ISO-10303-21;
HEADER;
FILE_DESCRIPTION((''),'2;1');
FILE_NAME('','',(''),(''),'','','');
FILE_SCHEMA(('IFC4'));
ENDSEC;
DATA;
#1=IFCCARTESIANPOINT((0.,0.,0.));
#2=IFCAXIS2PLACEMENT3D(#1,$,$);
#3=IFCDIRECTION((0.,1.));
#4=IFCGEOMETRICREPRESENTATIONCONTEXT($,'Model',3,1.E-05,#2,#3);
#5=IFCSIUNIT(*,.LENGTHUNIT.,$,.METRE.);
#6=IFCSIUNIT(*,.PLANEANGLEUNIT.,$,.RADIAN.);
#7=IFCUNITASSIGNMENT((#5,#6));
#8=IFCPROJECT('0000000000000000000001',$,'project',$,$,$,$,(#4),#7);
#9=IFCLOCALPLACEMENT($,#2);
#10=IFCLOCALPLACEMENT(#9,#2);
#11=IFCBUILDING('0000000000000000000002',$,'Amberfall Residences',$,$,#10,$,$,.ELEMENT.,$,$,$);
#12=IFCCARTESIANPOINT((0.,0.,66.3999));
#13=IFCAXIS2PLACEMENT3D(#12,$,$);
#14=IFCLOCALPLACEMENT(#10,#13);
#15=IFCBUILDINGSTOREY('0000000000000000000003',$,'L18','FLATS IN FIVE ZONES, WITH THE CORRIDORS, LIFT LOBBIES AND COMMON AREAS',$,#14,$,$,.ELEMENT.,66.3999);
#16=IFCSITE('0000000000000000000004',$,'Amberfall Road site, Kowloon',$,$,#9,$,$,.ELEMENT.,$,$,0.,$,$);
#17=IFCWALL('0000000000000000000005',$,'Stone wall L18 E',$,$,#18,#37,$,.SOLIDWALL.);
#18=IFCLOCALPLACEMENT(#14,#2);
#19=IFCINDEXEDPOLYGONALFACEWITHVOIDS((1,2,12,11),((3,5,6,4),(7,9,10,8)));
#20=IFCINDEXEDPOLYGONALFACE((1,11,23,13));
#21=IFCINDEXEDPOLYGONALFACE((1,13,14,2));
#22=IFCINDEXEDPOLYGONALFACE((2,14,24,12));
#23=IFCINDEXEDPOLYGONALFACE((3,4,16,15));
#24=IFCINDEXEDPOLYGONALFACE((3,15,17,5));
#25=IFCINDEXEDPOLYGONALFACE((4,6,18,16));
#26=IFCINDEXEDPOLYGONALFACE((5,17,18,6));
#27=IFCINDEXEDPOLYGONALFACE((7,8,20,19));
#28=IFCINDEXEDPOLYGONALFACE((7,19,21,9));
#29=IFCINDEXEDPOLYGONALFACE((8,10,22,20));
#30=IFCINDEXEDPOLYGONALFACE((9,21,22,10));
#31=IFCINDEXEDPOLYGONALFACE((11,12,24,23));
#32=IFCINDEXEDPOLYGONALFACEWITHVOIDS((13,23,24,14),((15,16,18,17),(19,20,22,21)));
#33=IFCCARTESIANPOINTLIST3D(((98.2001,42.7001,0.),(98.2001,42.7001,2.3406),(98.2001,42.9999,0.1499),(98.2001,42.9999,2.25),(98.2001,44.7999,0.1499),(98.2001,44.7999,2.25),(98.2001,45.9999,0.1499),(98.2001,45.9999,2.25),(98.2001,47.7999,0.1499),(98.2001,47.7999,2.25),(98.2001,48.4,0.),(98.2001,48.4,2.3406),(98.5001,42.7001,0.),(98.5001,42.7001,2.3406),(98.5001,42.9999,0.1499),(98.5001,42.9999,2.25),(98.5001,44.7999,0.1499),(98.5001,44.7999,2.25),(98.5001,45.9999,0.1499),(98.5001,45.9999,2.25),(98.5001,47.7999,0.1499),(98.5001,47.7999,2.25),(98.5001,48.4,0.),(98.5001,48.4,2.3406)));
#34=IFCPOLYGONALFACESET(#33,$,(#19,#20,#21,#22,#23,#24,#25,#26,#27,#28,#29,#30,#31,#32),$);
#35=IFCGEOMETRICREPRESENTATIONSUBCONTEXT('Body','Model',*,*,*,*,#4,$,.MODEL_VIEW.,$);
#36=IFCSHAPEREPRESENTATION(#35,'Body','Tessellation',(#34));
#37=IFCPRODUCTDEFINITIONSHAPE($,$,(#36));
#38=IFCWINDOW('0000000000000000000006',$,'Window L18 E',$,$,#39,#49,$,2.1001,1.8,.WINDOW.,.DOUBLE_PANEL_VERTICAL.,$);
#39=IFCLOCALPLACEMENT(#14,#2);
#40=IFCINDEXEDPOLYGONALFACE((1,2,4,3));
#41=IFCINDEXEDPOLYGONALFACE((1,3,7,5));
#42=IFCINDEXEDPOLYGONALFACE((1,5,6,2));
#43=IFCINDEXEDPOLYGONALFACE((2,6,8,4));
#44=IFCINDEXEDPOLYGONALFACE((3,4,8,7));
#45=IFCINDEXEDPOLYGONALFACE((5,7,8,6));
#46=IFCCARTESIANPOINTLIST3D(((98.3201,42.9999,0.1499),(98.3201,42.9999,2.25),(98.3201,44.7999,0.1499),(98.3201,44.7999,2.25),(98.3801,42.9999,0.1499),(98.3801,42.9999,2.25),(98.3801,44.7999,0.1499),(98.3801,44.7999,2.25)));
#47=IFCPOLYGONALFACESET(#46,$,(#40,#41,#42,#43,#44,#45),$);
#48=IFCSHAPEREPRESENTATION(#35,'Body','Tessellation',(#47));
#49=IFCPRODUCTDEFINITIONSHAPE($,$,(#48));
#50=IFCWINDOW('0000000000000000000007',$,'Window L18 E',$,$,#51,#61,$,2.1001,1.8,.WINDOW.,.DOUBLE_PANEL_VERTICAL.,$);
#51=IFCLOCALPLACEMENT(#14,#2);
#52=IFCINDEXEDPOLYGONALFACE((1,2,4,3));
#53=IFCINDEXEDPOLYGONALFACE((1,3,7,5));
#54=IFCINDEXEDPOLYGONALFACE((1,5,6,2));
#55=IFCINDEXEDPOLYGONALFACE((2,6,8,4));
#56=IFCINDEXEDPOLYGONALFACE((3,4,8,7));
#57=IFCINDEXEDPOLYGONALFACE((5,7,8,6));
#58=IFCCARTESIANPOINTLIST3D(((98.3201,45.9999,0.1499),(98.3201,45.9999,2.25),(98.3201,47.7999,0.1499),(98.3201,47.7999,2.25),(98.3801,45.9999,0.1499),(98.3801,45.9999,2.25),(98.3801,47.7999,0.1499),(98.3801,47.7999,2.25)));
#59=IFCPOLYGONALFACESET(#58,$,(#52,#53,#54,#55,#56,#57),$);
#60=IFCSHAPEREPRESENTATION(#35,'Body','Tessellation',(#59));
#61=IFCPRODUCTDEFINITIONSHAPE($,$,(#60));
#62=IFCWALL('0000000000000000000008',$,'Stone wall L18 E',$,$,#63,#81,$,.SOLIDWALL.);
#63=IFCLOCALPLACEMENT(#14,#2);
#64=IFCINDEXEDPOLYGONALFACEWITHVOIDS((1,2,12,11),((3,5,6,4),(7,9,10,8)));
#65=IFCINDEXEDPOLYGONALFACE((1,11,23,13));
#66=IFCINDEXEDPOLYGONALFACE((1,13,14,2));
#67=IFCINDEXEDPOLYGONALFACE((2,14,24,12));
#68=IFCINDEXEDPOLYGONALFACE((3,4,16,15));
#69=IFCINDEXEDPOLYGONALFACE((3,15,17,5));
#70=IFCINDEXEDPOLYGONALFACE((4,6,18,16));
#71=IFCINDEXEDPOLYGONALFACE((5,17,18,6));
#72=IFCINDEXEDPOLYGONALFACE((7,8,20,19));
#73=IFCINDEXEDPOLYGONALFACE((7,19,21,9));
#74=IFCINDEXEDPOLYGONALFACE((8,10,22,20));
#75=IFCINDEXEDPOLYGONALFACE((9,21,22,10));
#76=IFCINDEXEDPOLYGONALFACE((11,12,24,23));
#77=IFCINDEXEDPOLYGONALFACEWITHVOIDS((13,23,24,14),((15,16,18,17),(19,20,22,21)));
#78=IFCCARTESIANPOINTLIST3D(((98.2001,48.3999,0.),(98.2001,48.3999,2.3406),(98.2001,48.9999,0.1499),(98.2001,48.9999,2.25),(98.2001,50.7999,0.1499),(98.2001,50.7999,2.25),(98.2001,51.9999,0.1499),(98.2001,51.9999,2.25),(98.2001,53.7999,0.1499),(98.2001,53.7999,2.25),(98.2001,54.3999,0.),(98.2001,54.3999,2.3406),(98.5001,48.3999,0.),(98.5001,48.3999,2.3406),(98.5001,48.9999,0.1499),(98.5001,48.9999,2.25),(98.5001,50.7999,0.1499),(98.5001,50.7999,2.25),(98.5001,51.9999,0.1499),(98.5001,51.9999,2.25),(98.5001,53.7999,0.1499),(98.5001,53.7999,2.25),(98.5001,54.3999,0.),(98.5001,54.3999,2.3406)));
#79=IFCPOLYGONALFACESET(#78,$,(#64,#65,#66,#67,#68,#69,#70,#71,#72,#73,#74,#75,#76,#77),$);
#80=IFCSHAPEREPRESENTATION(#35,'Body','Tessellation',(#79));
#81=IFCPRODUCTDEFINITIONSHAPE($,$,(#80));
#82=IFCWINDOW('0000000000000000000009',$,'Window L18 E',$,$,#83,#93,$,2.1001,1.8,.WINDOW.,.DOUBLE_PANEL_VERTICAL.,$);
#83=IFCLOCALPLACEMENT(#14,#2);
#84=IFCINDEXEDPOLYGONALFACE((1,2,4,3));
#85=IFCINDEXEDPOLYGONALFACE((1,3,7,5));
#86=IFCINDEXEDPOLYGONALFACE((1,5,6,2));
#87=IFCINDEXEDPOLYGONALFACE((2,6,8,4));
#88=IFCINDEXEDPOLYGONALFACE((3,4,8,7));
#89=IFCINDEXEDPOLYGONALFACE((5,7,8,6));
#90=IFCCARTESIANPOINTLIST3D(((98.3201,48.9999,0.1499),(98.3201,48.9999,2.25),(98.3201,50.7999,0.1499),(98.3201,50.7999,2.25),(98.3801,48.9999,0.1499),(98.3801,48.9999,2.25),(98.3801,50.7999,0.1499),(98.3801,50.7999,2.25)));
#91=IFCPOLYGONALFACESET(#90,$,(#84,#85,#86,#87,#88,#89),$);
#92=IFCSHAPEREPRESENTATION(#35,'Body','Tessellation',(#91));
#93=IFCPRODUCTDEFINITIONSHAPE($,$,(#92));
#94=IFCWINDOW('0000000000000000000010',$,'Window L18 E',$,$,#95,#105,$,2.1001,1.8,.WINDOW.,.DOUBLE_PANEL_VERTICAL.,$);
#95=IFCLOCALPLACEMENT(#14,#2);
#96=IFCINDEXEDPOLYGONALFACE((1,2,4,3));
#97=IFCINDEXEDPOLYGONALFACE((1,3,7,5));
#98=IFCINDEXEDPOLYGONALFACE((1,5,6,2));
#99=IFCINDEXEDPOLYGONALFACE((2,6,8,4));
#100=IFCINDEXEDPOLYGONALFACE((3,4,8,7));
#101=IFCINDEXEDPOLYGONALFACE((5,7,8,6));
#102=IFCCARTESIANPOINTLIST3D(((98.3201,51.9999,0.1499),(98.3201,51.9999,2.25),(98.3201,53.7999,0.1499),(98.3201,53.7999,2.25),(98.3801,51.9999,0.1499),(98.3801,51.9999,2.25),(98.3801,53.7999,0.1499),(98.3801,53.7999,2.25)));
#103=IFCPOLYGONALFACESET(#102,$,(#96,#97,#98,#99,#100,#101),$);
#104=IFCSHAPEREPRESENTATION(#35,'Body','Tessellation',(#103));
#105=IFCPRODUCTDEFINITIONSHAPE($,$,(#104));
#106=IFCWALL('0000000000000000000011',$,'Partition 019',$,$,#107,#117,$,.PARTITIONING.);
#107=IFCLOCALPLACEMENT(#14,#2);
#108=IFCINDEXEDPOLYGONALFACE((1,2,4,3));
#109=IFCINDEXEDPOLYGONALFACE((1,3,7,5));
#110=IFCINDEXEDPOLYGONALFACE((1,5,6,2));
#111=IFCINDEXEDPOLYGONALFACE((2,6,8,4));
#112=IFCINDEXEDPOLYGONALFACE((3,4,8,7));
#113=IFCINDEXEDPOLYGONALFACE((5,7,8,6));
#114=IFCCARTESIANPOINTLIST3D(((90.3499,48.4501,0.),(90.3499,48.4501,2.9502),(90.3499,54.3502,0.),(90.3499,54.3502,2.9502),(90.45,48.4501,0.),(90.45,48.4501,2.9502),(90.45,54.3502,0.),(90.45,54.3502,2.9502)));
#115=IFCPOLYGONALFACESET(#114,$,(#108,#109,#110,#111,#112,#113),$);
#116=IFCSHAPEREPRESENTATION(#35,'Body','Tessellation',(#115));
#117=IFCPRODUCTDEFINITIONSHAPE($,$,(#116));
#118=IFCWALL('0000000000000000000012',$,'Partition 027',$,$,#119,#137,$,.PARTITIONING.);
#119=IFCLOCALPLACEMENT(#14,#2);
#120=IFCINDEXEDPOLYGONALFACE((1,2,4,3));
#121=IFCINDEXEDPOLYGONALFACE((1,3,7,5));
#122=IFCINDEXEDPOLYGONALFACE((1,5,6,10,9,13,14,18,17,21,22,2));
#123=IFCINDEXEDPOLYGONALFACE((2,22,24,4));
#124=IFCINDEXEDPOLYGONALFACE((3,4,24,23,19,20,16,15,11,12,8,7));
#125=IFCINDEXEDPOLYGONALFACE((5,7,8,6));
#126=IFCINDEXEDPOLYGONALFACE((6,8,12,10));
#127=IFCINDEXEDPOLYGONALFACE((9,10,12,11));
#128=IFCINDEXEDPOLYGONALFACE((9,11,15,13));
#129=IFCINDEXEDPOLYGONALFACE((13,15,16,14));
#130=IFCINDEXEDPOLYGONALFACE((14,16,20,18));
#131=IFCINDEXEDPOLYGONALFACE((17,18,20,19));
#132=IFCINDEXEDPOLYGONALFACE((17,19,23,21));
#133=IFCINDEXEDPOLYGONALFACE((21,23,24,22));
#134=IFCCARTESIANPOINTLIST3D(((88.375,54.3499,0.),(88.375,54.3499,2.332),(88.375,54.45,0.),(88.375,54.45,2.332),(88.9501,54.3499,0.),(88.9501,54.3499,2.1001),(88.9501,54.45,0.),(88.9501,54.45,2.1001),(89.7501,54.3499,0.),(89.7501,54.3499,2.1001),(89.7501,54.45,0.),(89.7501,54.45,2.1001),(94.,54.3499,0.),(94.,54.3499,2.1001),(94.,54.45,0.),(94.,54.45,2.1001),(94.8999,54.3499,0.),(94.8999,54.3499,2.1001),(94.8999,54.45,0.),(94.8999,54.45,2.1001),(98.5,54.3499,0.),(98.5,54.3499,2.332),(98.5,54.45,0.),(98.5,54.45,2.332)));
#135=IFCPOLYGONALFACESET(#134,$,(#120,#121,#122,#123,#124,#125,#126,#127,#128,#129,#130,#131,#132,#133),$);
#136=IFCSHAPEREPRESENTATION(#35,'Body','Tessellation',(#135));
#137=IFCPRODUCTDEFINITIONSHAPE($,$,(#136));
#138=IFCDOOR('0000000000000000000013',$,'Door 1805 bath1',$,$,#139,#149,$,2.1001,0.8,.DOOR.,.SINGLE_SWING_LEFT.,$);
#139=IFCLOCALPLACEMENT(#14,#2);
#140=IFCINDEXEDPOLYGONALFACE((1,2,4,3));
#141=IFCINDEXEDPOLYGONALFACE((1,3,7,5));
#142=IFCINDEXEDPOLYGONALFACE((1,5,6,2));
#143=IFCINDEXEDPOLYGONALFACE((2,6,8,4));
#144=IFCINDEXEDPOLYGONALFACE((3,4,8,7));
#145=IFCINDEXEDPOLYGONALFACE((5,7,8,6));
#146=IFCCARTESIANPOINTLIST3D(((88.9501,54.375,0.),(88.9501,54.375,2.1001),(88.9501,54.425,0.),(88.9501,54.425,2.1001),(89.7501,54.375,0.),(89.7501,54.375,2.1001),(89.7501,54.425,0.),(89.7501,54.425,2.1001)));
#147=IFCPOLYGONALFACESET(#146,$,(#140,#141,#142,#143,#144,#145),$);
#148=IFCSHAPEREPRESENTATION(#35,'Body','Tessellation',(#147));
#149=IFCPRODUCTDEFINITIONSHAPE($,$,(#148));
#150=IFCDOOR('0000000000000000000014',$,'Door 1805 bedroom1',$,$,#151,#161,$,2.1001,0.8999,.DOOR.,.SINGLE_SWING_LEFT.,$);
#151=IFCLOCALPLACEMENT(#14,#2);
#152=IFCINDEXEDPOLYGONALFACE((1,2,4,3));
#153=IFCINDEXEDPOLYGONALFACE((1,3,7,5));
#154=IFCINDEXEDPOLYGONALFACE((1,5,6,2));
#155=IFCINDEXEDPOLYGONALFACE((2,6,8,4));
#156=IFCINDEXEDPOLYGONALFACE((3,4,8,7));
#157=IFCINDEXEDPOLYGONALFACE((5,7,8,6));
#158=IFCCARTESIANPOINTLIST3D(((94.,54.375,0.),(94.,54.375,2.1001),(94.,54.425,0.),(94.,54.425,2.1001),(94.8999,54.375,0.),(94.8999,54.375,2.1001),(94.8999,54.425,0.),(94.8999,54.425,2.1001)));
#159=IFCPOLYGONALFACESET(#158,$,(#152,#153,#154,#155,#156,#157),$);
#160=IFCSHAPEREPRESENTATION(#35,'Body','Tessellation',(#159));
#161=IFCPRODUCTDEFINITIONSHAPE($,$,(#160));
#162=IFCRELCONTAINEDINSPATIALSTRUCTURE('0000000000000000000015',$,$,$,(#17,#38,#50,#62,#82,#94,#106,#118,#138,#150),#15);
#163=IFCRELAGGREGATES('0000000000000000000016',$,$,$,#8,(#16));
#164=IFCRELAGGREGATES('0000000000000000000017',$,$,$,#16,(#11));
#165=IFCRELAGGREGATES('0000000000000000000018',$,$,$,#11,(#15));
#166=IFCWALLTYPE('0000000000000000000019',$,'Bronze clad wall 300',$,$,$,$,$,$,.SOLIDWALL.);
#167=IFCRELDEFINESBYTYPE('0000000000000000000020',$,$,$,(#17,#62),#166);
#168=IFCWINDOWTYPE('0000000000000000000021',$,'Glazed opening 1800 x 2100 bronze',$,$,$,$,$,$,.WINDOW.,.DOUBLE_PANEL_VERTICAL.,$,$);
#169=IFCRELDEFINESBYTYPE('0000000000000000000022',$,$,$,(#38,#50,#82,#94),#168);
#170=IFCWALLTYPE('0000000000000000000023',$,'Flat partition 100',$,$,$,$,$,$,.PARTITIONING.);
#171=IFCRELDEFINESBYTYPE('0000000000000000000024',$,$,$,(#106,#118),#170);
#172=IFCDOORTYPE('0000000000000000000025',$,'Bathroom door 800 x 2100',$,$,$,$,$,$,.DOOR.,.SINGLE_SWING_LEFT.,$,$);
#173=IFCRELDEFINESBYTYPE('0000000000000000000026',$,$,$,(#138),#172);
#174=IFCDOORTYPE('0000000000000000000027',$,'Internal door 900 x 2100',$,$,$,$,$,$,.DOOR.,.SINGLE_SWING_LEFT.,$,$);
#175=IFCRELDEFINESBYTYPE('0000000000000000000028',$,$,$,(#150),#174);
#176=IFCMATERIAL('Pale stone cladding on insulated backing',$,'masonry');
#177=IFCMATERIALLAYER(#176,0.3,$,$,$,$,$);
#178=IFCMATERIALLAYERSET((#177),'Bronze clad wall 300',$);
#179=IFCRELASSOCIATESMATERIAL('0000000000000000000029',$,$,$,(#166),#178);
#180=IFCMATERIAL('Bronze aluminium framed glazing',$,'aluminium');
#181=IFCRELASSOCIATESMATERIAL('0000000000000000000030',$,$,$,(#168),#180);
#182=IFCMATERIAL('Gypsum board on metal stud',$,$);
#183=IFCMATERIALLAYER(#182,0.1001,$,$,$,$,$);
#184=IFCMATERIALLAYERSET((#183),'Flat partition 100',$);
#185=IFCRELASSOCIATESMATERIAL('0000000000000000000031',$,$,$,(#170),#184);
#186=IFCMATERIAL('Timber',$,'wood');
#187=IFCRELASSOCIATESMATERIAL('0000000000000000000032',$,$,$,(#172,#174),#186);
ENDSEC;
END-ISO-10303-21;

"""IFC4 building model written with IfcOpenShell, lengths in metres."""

from ifc_helpers import new_model, si_unit, direction, frame, frame_2d, origin, place, context, subcontext, project, spatial, rectangle, extrude, material, layer, layer_set, type_object, element, fill, save


model = new_model("IFC4")

# Units and contexts
model_context = context("Model", 3, precision=1e-05, world=origin(), true_north=direction((0.0, 1.0)))
body_context = subcontext(model_context, "Body", "Model", "MODEL_VIEW")
ifc_project = project(units=[si_unit("LENGTHUNIT", "METRE"), si_unit("PLANEANGLEUNIT", "RADIAN")], contexts=[model_context])

# Site, building, storey
site_placement = place(None, origin())
site = spatial("IfcSite", under=ifc_project, at=site_placement, Name="Amberfall Road site, Kowloon", CompositionType="ELEMENT", RefElevation=0.0)
building_placement = place(site_placement, origin())
building = spatial("IfcBuilding", under=site, at=building_placement, Name="Amberfall Residences", CompositionType="ELEMENT")
storey_placement = place(building_placement, frame((0.0, 0.0, 66.3999)))
storey = spatial("IfcBuildingStorey", under=building, at=storey_placement, Name="L18", Description="FLATS IN FIVE ZONES, WITH THE CORRIDORS, LIFT LOBBIES AND COMMON AREAS", CompositionType="ELEMENT", Elevation=66.3999)

# Shared definitions
ifc_material_1 = material(Name="Pale stone cladding on insulated backing", Category="masonry")
ifc_layer_1 = layer(ifc_material_1, 0.3)
ifc_layer_set_1 = layer_set([ifc_layer_1], Name="Bronze clad wall 300")
wall_type_1 = type_object("IfcWallType", Name="Bronze clad wall 300", PredefinedType="SOLIDWALL", material=ifc_layer_set_1)
ifc_material_2 = material(Name="Bronze aluminium framed glazing", Category="aluminium")

# Walls, openings, windows
wall_1_placement = place(storey_placement, frame((98.3501, 42.7, 0.0), z_axis=(0.0, 0.0, 1.0), x_axis=(0.0, 1.0, 0.0)))
wall_1 = element("IfcWall", 1, at=wall_1_placement, inside=storey, type_object=wall_type_1, Name="Stone wall L18 E", PredefinedType="SOLIDWALL", context=body_context, shape_type="SweptSolid", body=[
    extrude(rectangle(XDim=5.7, YDim=0.3, at=frame_2d((2.8501, 0.0))), origin(), (0.0, 0.0, 1.0), 2.3406),
])
opening_1_placement = place(wall_1_placement, frame((0.3, 0.0, 0.1499)))
opening_1 = element("IfcOpeningElement", 2, at=opening_1_placement, cuts=wall_1, PredefinedType="OPENING", context=body_context, shape_type="SweptSolid", body=[
    extrude(rectangle(XDim=1.8, YDim=2.1001, at=frame_2d((0.8999, 1.05))), frame((0.0, 0.1599, 0.0), z_axis=(0.0, -1.0, 0.0), x_axis=(1.0, 0.0, 0.0)), (0.0, 0.0, 1.0), 0.3201),
])
opening_2_placement = place(wall_1_placement, frame((3.3, 0.0, 0.1499)))
opening_2 = element("IfcOpeningElement", 3, at=opening_2_placement, cuts=wall_1, PredefinedType="OPENING", context=body_context, shape_type="SweptSolid", body=[
    extrude(rectangle(XDim=1.8, YDim=2.1001, at=frame_2d((0.8999, 1.05))), frame((0.0, 0.1599, 0.0), z_axis=(0.0, -1.0, 0.0), x_axis=(1.0, 0.0, 0.0)), (0.0, 0.0, 1.0), 0.3201),
])
window_type_1 = type_object("IfcWindowType", Name="Glazed opening 1800 x 2100 bronze", PartitioningType="DOUBLE_PANEL_VERTICAL", PredefinedType="WINDOW", material=ifc_material_2)
window_1_placement = place(opening_1_placement, origin())
window_1 = element("IfcWindow", 4, at=window_1_placement, inside=storey, type_object=window_type_1, Name="Window L18 E", OverallHeight=2.1001, OverallWidth=1.8, PartitioningType="DOUBLE_PANEL_VERTICAL", PredefinedType="WINDOW", context=body_context, shape_type="SweptSolid", body=[
    extrude(rectangle(XDim=1.8, YDim=2.1001, at=frame_2d((0.8999, 1.05))), frame((0.0, 0.03, 0.0), z_axis=(0.0, -1.0, 0.0), x_axis=(1.0, 0.0, 0.0)), (0.0, 0.0, 1.0), 0.0601),
])
fill(opening_1, window_1)
window_2_placement = place(opening_2_placement, origin())
window_2 = element("IfcWindow", 5, at=window_2_placement, inside=storey, type_object=window_type_1, Name="Window L18 E", OverallHeight=2.1001, OverallWidth=1.8, PartitioningType="DOUBLE_PANEL_VERTICAL", PredefinedType="WINDOW", context=body_context, shape_type="SweptSolid", body=[
    extrude(rectangle(XDim=1.8, YDim=2.1001, at=frame_2d((0.8999, 1.05))), frame((0.0, 0.03, 0.0), z_axis=(0.0, -1.0, 0.0), x_axis=(1.0, 0.0, 0.0)), (0.0, 0.0, 1.0), 0.0601),
])
fill(opening_2, window_2)
wall_2_placement = place(storey_placement, frame((98.3501, 48.3999, 0.0), z_axis=(0.0, 0.0, 1.0), x_axis=(0.0, 1.0, 0.0)))
wall_2 = element("IfcWall", 6, at=wall_2_placement, inside=storey, type_object=wall_type_1, Name="Stone wall L18 E", PredefinedType="SOLIDWALL", context=body_context, shape_type="SweptSolid", body=[
    extrude(rectangle(XDim=6.0, YDim=0.3, at=frame_2d((3.0, 0.0))), origin(), (0.0, 0.0, 1.0), 2.3406),
])
opening_3_placement = place(wall_2_placement, frame((0.6001, 0.0, 0.1499)))
opening_3 = element("IfcOpeningElement", 7, at=opening_3_placement, cuts=wall_2, PredefinedType="OPENING", context=body_context, shape_type="SweptSolid", body=[
    extrude(rectangle(XDim=1.8, YDim=2.1001, at=frame_2d((0.8999, 1.05))), frame((0.0, 0.1599, 0.0), z_axis=(0.0, -1.0, 0.0), x_axis=(1.0, 0.0, 0.0)), (0.0, 0.0, 1.0), 0.3201),
])
opening_4_placement = place(wall_2_placement, frame((3.6001, 0.0, 0.1499)))
opening_4 = element("IfcOpeningElement", 8, at=opening_4_placement, cuts=wall_2, PredefinedType="OPENING", context=body_context, shape_type="SweptSolid", body=[
    extrude(rectangle(XDim=1.8, YDim=2.1001, at=frame_2d((0.8999, 1.05))), frame((0.0, 0.1599, 0.0), z_axis=(0.0, -1.0, 0.0), x_axis=(1.0, 0.0, 0.0)), (0.0, 0.0, 1.0), 0.3201),
])
window_3_placement = place(opening_3_placement, origin())
window_3 = element("IfcWindow", 9, at=window_3_placement, inside=storey, type_object=window_type_1, Name="Window L18 E", OverallHeight=2.1001, OverallWidth=1.8, PartitioningType="DOUBLE_PANEL_VERTICAL", PredefinedType="WINDOW", context=body_context, shape_type="SweptSolid", body=[
    extrude(rectangle(XDim=1.8, YDim=2.1001, at=frame_2d((0.8999, 1.05))), frame((0.0, 0.03, 0.0), z_axis=(0.0, -1.0, 0.0), x_axis=(1.0, 0.0, 0.0)), (0.0, 0.0, 1.0), 0.0601),
])
fill(opening_3, window_3)
window_4_placement = place(opening_4_placement, origin())
window_4 = element("IfcWindow", 10, at=window_4_placement, inside=storey, type_object=window_type_1, Name="Window L18 E", OverallHeight=2.1001, OverallWidth=1.8, PartitioningType="DOUBLE_PANEL_VERTICAL", PredefinedType="WINDOW", context=body_context, shape_type="SweptSolid", body=[
    extrude(rectangle(XDim=1.8, YDim=2.1001, at=frame_2d((0.8999, 1.05))), frame((0.0, 0.03, 0.0), z_axis=(0.0, -1.0, 0.0), x_axis=(1.0, 0.0, 0.0)), (0.0, 0.0, 1.0), 0.0601),
])
fill(opening_4, window_4)

# Wall
ifc_material_3 = material(Name="Gypsum board on metal stud")
ifc_layer_2 = layer(ifc_material_3, 0.1001)
ifc_layer_set_2 = layer_set([ifc_layer_2], Name="Flat partition 100")
wall_type_2 = type_object("IfcWallType", Name="Flat partition 100", PredefinedType="PARTITIONING", material=ifc_layer_set_2)
wall_3_placement = place(storey_placement, frame((90.3999, 48.45, 0.0), z_axis=(0.0, 0.0, 1.0), x_axis=(0.0, 1.0, 0.0)))
element("IfcWall", 11, at=wall_3_placement, inside=storey, type_object=wall_type_2, Name="Partition 019", PredefinedType="PARTITIONING", context=body_context, shape_type="SweptSolid", body=[
    extrude(rectangle(XDim=5.9001, YDim=0.1001, at=frame_2d((2.9502, 0.0))), origin(), (0.0, 0.0, 1.0), 2.9502),
])

# Wall, openings, doors
wall_4_placement = place(storey_placement, frame((98.5, 54.3999, 0.0), z_axis=(0.0, 0.0, 1.0), x_axis=(-1.0, 0.0, 0.0)))
wall_4 = element("IfcWall", 12, at=wall_4_placement, inside=storey, type_object=wall_type_2, Name="Partition 027", PredefinedType="PARTITIONING", context=body_context, shape_type="SweptSolid", body=[
    extrude(rectangle(XDim=10.125, YDim=0.1001, at=frame_2d((5.0625, 0.0))), origin(), (0.0, 0.0, 1.0), 2.332),
])
opening_5_placement = place(wall_4_placement, frame((3.6001, 0.0, 0.0)))
opening_5 = element("IfcOpeningElement", 13, at=opening_5_placement, cuts=wall_4, PredefinedType="OPENING", context=body_context, shape_type="SweptSolid", body=[
    extrude(rectangle(XDim=0.8999, YDim=2.1001, at=frame_2d((0.45, 1.05))), frame((0.0, 0.0601, 0.0), z_axis=(0.0, -1.0, 0.0), x_axis=(1.0, 0.0, 0.0)), (0.0, 0.0, 1.0), 0.1201),
])
opening_6_placement = place(wall_4_placement, frame((8.75, 0.0, 0.0)))
opening_6 = element("IfcOpeningElement", 14, at=opening_6_placement, cuts=wall_4, PredefinedType="OPENING", context=body_context, shape_type="SweptSolid", body=[
    extrude(rectangle(XDim=0.8, YDim=2.1001, at=frame_2d((0.3999, 1.05))), frame((0.0, 0.0601, 0.0), z_axis=(0.0, -1.0, 0.0), x_axis=(1.0, 0.0, 0.0)), (0.0, 0.0, 1.0), 0.1201),
])
ifc_material_4 = material(Name="Timber", Category="wood")
door_type_1 = type_object("IfcDoorType", Name="Bathroom door 800 x 2100", OperationType="SINGLE_SWING_LEFT", PredefinedType="DOOR", material=ifc_material_4)
door_1_placement = place(opening_6_placement, origin())
door_1 = element("IfcDoor", 15, at=door_1_placement, inside=storey, type_object=door_type_1, Name="Door 1805 bath1", OperationType="SINGLE_SWING_LEFT", OverallHeight=2.1001, OverallWidth=0.8, PredefinedType="DOOR", context=body_context, shape_type="SweptSolid", body=[
    extrude(rectangle(XDim=0.8, YDim=2.1001, at=frame_2d((0.3999, 1.05))), frame((0.0, 0.0249, 0.0), z_axis=(0.0, -1.0, 0.0), x_axis=(1.0, 0.0, 0.0)), (0.0, 0.0, 1.0), 0.05),
])
fill(opening_6, door_1)
door_type_2 = type_object("IfcDoorType", Name="Internal door 900 x 2100", OperationType="SINGLE_SWING_LEFT", PredefinedType="DOOR", material=ifc_material_4)
door_2_placement = place(opening_5_placement, origin())
door_2 = element("IfcDoor", 16, at=door_2_placement, inside=storey, type_object=door_type_2, Name="Door 1805 bedroom1", OperationType="SINGLE_SWING_LEFT", OverallHeight=2.1001, OverallWidth=0.8999, PredefinedType="DOOR", context=body_context, shape_type="SweptSolid", body=[
    extrude(rectangle(XDim=0.8999, YDim=2.1001, at=frame_2d((0.45, 1.05))), frame((0.0, 0.0249, 0.0), z_axis=(0.0, -1.0, 0.0), x_axis=(1.0, 0.0, 0.0)), (0.0, 0.0, 1.0), 0.05),
])
fill(opening_5, door_2)

save(model, "model.ifc")
